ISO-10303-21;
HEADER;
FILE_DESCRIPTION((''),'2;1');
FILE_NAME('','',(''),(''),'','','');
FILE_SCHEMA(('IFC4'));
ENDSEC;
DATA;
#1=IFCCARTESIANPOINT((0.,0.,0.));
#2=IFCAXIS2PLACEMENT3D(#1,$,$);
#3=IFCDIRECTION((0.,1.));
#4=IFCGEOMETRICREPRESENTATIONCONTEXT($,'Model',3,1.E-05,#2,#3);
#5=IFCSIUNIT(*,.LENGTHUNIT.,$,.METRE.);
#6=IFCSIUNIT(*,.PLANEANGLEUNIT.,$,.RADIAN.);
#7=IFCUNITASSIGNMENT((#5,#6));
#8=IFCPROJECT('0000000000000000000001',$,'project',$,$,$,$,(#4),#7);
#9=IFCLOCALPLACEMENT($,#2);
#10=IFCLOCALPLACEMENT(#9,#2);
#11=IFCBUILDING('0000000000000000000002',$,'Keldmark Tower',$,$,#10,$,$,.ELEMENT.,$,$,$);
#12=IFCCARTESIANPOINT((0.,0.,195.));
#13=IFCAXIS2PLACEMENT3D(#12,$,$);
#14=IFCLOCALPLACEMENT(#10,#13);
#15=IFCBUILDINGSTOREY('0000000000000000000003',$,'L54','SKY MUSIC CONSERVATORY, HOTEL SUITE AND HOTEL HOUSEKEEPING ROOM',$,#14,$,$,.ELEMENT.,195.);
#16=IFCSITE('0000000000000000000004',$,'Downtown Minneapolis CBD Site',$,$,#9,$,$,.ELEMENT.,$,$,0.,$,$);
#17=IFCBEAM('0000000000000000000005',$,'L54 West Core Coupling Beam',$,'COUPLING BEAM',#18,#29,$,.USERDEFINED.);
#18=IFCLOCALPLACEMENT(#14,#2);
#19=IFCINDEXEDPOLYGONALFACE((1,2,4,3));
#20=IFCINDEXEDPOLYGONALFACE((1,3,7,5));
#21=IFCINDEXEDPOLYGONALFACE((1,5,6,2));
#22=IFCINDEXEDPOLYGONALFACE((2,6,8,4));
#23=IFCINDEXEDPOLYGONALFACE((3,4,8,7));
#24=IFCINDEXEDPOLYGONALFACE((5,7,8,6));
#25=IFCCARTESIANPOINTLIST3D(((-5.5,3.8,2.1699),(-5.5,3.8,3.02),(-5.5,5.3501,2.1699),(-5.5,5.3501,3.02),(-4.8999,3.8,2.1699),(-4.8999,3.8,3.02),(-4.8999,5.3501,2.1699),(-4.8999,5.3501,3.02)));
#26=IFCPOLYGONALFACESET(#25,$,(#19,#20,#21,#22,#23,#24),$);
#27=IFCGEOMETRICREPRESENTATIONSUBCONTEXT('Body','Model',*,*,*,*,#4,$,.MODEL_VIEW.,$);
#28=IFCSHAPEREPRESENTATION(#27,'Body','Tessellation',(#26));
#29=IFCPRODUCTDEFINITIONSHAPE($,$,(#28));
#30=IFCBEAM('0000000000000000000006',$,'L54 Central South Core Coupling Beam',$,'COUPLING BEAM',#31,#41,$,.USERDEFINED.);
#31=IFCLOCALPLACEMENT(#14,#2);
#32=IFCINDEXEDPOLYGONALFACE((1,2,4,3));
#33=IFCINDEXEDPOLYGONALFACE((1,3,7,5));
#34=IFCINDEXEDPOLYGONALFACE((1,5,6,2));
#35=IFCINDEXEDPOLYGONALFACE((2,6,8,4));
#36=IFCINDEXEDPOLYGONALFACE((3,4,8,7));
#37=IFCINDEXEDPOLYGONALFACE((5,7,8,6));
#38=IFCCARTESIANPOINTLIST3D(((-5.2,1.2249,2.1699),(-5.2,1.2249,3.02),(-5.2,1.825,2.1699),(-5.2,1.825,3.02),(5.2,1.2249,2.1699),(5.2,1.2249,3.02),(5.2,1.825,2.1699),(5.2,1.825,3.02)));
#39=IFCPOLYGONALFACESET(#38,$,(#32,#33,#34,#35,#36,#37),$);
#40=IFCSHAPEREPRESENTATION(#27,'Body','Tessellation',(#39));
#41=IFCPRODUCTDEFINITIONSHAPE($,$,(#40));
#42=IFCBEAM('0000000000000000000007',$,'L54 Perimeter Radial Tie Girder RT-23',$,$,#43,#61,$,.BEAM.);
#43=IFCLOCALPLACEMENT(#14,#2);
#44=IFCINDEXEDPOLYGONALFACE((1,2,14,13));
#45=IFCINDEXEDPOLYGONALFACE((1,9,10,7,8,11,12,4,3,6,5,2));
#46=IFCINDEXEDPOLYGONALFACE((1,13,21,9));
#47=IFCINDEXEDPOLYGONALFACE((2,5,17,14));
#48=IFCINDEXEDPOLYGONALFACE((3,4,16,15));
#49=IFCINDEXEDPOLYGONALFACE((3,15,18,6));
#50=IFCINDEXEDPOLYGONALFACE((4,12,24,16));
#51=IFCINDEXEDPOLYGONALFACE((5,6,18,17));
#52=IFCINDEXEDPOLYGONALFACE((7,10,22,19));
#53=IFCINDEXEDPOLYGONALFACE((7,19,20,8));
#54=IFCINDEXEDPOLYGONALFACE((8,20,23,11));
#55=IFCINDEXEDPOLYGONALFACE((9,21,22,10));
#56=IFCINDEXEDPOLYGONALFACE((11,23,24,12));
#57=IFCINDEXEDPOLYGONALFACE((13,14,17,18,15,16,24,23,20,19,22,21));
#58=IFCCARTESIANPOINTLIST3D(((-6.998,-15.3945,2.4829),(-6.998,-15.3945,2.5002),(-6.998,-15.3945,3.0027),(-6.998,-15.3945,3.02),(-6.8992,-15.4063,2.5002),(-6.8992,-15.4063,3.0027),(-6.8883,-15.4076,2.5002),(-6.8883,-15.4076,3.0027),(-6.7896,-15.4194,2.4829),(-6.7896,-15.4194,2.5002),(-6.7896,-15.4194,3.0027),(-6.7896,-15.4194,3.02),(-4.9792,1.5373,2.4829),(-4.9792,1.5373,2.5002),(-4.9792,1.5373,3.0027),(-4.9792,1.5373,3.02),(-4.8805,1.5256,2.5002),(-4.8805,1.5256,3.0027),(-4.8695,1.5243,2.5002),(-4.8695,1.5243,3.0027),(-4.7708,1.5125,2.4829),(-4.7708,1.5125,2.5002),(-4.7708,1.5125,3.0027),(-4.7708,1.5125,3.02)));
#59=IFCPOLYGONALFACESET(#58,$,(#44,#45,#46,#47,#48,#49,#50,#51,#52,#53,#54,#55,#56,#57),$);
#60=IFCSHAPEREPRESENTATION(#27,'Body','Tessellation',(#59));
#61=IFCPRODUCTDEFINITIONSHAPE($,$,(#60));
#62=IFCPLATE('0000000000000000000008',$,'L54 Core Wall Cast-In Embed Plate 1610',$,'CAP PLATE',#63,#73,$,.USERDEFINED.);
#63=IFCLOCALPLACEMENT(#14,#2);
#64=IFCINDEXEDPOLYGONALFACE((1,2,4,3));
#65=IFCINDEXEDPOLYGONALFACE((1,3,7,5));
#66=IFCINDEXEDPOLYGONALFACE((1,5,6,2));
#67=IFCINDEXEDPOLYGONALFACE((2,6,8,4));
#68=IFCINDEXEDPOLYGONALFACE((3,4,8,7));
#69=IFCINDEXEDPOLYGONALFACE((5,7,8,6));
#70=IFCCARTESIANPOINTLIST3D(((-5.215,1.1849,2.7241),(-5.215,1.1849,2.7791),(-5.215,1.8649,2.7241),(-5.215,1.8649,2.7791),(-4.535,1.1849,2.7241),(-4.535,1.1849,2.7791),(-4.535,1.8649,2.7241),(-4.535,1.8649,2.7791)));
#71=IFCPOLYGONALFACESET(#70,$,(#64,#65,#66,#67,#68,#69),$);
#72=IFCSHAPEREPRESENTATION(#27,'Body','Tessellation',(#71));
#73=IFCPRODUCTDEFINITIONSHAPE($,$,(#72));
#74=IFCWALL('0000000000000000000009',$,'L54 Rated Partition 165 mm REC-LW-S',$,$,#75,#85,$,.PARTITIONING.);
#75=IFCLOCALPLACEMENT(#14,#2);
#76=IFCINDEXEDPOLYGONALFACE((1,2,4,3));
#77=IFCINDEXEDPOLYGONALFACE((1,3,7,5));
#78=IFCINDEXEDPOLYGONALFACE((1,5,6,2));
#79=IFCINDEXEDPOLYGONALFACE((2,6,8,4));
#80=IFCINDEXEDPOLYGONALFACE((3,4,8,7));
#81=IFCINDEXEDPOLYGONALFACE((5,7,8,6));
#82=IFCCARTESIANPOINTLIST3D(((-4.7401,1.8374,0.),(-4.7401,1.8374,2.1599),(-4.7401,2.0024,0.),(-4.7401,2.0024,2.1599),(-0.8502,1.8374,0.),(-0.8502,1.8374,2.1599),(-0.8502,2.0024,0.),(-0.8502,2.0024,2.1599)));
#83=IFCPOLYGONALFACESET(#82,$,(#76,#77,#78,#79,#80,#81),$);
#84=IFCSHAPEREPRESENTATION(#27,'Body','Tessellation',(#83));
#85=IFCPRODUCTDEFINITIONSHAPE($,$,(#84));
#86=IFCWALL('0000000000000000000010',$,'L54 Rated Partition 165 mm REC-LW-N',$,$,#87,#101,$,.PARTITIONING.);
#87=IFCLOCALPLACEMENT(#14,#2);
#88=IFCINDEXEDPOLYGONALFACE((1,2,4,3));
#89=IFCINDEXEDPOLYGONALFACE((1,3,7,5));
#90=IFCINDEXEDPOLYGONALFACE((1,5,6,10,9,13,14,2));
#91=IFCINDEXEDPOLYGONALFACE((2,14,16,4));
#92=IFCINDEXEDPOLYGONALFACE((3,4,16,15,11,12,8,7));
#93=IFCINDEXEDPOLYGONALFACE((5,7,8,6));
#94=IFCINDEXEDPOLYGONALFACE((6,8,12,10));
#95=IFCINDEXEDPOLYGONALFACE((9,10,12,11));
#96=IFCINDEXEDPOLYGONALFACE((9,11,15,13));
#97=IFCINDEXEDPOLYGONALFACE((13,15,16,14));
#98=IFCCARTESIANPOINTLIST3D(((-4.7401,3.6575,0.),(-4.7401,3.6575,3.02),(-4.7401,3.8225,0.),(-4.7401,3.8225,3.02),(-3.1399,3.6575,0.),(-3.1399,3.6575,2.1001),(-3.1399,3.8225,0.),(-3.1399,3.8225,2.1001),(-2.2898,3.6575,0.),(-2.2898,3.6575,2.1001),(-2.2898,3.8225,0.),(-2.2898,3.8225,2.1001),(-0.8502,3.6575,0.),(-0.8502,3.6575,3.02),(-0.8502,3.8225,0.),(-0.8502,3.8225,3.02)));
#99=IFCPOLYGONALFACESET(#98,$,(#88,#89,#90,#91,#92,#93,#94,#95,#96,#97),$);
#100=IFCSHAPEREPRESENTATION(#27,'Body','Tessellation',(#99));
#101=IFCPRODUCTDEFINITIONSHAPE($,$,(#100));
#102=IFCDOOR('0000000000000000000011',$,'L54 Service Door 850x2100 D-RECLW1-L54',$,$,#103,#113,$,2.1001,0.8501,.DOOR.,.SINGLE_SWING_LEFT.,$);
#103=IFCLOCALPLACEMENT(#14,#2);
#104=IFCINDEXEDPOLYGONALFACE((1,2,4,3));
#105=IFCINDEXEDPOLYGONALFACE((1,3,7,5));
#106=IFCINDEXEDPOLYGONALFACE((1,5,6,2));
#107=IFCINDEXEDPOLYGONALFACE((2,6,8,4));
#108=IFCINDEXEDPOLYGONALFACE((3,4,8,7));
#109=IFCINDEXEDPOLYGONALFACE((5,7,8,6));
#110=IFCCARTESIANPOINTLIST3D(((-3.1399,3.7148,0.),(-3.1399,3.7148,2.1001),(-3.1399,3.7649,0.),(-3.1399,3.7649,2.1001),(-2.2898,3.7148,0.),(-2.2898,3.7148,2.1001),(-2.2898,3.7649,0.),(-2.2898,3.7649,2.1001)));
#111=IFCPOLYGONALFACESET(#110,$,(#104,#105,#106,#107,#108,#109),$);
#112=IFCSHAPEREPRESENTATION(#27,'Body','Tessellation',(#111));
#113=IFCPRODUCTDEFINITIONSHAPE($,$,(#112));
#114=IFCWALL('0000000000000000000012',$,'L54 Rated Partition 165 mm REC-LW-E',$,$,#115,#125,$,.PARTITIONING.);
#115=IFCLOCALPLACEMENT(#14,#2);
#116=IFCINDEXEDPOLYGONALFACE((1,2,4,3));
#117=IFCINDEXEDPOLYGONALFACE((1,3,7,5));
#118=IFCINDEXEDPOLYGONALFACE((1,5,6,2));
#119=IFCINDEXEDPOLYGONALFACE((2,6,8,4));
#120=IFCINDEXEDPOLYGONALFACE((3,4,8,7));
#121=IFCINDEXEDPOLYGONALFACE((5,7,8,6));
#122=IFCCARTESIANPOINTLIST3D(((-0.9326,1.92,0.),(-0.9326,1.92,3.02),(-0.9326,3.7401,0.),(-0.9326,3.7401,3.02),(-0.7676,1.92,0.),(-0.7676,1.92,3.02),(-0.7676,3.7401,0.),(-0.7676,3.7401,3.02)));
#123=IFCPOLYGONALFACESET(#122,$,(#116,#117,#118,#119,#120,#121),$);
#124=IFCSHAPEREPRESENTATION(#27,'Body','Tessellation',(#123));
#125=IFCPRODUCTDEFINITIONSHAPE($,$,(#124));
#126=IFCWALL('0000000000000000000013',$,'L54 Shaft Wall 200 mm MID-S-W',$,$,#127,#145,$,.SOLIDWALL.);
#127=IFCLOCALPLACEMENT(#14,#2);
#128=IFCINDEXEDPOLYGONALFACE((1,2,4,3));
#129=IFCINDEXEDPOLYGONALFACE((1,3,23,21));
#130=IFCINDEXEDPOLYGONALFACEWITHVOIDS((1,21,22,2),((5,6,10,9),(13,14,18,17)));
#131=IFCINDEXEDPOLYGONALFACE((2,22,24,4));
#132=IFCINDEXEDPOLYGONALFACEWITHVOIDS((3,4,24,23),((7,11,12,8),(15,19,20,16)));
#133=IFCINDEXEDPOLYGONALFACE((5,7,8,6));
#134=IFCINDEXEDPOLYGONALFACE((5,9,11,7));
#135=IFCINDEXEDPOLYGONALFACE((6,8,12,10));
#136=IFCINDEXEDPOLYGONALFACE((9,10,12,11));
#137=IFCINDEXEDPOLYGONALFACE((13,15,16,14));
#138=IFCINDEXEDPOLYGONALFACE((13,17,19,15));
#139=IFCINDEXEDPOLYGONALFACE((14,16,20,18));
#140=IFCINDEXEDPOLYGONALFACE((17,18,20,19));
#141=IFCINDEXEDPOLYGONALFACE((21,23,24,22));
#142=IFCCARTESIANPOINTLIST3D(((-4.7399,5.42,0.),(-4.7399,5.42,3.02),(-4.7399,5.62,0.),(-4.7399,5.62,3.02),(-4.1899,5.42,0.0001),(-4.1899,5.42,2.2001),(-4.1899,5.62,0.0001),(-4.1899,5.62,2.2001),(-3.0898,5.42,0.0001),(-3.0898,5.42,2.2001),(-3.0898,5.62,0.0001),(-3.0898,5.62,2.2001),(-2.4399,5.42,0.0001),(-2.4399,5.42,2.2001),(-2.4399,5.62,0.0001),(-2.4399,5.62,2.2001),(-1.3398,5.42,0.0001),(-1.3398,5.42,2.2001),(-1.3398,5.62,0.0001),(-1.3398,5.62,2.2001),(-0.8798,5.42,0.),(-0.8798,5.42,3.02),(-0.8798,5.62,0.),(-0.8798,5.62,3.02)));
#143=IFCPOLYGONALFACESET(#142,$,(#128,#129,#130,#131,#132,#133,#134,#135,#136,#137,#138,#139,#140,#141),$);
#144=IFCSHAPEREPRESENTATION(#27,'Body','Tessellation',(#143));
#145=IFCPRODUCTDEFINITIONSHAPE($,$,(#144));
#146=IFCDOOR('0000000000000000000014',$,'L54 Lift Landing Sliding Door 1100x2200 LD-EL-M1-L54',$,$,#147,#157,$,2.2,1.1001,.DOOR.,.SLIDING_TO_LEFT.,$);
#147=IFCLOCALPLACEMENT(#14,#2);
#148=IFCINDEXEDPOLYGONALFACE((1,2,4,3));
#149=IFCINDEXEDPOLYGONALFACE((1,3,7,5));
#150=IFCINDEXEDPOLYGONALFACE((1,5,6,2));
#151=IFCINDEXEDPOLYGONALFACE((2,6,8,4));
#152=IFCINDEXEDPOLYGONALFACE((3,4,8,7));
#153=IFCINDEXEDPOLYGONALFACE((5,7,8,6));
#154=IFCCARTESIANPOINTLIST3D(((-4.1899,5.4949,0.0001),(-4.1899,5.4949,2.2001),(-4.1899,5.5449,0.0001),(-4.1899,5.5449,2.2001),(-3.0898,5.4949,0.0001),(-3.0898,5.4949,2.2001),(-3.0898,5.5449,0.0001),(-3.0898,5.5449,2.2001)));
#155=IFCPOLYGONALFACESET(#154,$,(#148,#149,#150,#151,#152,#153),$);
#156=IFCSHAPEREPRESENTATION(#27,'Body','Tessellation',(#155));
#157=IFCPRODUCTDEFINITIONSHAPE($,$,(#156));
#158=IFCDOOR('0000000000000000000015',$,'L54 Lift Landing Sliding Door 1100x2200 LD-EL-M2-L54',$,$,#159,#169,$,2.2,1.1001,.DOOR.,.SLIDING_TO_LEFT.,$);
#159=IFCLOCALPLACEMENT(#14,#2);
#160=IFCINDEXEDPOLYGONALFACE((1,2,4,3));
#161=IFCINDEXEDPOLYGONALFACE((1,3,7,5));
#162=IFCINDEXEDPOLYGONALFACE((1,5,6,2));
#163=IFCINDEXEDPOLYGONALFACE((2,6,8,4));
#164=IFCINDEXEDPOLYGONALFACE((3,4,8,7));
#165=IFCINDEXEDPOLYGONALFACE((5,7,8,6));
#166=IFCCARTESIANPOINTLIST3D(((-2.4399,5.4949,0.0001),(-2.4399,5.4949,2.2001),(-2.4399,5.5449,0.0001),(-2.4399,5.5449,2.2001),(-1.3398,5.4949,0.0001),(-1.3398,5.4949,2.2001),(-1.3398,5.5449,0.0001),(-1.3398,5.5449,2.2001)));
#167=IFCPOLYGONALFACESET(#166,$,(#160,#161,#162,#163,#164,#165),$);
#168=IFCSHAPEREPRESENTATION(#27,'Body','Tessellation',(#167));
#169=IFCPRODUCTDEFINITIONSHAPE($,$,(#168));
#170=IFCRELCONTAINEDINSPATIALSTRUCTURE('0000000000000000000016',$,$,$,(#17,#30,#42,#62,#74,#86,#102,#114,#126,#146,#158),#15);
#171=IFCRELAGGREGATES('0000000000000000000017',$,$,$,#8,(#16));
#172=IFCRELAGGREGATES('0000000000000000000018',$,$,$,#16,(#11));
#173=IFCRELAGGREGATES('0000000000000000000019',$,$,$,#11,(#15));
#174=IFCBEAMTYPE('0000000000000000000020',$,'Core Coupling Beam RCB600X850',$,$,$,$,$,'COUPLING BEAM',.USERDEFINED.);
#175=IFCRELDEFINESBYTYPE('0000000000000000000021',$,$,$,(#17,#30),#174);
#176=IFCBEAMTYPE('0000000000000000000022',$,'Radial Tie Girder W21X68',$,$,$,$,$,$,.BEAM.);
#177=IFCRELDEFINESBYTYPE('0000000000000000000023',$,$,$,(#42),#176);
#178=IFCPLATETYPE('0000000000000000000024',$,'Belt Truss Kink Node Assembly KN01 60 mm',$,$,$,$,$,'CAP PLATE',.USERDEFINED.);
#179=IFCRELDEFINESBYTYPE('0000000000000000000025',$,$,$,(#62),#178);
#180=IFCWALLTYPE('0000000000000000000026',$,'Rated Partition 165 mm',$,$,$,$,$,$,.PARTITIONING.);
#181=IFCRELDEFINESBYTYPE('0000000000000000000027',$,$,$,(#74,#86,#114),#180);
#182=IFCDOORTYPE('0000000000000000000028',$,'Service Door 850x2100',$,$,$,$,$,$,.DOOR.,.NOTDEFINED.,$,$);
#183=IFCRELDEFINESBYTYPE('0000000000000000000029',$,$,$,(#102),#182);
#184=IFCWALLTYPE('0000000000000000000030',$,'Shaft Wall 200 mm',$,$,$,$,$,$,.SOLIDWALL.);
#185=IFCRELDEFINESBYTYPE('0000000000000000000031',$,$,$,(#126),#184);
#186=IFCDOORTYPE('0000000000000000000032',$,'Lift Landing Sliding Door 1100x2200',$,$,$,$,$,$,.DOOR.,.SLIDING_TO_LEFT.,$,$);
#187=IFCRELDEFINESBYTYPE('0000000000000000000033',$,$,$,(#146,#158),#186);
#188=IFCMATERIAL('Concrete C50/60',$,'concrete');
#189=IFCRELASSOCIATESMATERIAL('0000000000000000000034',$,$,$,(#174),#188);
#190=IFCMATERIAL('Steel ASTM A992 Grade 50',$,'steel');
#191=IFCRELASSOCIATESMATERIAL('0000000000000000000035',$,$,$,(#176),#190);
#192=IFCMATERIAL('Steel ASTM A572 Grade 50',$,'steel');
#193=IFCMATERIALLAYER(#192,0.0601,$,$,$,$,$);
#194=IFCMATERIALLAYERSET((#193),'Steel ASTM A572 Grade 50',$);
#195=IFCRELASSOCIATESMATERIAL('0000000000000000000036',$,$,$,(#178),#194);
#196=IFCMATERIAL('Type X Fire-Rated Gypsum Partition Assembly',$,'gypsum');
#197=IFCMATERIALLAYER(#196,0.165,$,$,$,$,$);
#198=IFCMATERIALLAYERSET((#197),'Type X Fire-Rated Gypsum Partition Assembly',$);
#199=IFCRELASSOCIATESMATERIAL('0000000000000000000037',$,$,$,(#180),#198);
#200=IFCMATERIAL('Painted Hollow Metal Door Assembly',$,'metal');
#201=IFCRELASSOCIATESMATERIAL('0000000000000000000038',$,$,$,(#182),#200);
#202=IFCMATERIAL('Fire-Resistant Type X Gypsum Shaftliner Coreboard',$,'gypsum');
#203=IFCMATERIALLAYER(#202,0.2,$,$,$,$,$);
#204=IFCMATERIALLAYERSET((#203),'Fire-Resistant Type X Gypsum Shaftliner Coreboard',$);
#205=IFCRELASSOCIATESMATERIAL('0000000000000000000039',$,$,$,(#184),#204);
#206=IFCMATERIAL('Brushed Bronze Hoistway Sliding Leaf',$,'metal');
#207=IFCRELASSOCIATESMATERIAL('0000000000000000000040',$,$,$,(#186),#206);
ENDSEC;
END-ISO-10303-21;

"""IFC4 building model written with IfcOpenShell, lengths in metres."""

from ifc_helpers import new_model, si_unit, direction, frame, frame_2d, origin, origin_2d, place, context, subcontext, project, spatial, rectangle, i_section, extrude, material, layer, layer_set, material_profile, profile_set, type_object, element, fill, save


model = new_model("IFC4")

# Units and contexts
model_context = context("Model", 3, precision=1e-05, world=origin(), true_north=direction((0.0, 1.0)))
body_context = subcontext(model_context, "Body", "Model", "MODEL_VIEW")
ifc_project = project(units=[si_unit("LENGTHUNIT", "METRE"), si_unit("PLANEANGLEUNIT", "RADIAN")], contexts=[model_context])

# Site, building, storey
site_placement = place(None, origin())
site = spatial("IfcSite", under=ifc_project, at=site_placement, Name="Downtown Minneapolis CBD Site", CompositionType="ELEMENT", RefElevation=0.0)
building_placement = place(site_placement, origin())
building = spatial("IfcBuilding", under=site, at=building_placement, Name="Keldmark Tower", CompositionType="ELEMENT")
storey_placement = place(building_placement, frame((0.0, 0.0, 195.0)))
storey = spatial("IfcBuildingStorey", under=building, at=storey_placement, Name="L54", Description="SKY MUSIC CONSERVATORY, HOTEL SUITE AND HOTEL HOUSEKEEPING ROOM", CompositionType="ELEMENT", Elevation=195.0)

# Beams
ifc_material_1 = material(Name="Concrete C50/60", Category="concrete")
ifc_material_profile_1 = material_profile(ifc_material_1, rectangle(XDim=0.6001, YDim=0.8501, at=origin_2d()), Name="RCB600X850")
ifc_profile_set_1 = profile_set([ifc_material_profile_1], Name="Concrete C50/60")
beam_type_1 = type_object("IfcBeamType", Name="Core Coupling Beam RCB600X850", ElementType="COUPLING BEAM", PredefinedType="USERDEFINED", material=ifc_profile_set_1)
beam_1_placement = place(storey_placement, frame((-5.2, 3.8, 2.595), z_axis=(0.0, 1.0, 0.0), x_axis=(-1.0, 0.0, 0.0)))
element("IfcBeam", 1, at=beam_1_placement, inside=storey, type_object=beam_type_1, Name="L54 West Core Coupling Beam", ObjectType="COUPLING BEAM", PredefinedType="USERDEFINED", context=body_context, shape_type="SweptSolid", body=[
    extrude(rectangle(XDim=0.6001, YDim=0.8501, at=origin_2d()), origin(), (0.0, 0.0, 1.0), 1.55),
])
beam_2_placement = place(storey_placement, frame((-5.2, 1.5249, 2.595), z_axis=(1.0, 0.0, 0.0), x_axis=(0.0, 1.0, 0.0)))
element("IfcBeam", 2, at=beam_2_placement, inside=storey, type_object=beam_type_1, Name="L54 Central South Core Coupling Beam", ObjectType="COUPLING BEAM", PredefinedType="USERDEFINED", context=body_context, shape_type="SweptSolid", body=[
    extrude(rectangle(XDim=0.6001, YDim=0.8501, at=origin_2d()), origin(), (0.0, 0.0, 1.0), 10.3999),
])
ifc_material_2 = material(Name="Steel ASTM A992 Grade 50", Category="steel")
ifc_material_profile_2 = material_profile(ifc_material_2, i_section(OverallWidth=0.21, OverallDepth=0.5371, WebThickness=0.011, FlangeThickness=0.0173, at=origin_2d()), Name="W21X68")
ifc_profile_set_2 = profile_set([ifc_material_profile_2], Name="Steel ASTM A992 Grade 50")
beam_type_2 = type_object("IfcBeamType", Name="Radial Tie Girder W21X68", PredefinedType="BEAM", material=ifc_profile_set_2)
beam_3_placement = place(storey_placement, frame((-4.875, 1.5249, 2.7515), z_axis=(-0.118392, -0.992967, 0.0), x_axis=(0.992967, -0.118392, 0.0)))
element("IfcBeam", 3, at=beam_3_placement, inside=storey, type_object=beam_type_2, Name="L54 Perimeter Radial Tie Girder RT-23", PredefinedType="BEAM", context=body_context, shape_type="SweptSolid", body=[
    extrude(i_section(OverallWidth=0.21, OverallDepth=0.5371, WebThickness=0.011, FlangeThickness=0.0173, at=origin_2d()), origin(), (0.0, 0.0, 1.0), 17.0518),
])

# Plate
ifc_material_3 = material(Name="Steel ASTM A572 Grade 50", Category="steel")
ifc_layer_1 = layer(ifc_material_3, 0.0601)
ifc_layer_set_1 = layer_set([ifc_layer_1], Name="Steel ASTM A572 Grade 50")
plate_type = type_object("IfcPlateType", Name="Belt Truss Kink Node Assembly KN01 60 mm", ElementType="CAP PLATE", PredefinedType="USERDEFINED", material=ifc_layer_set_1)
plate_placement = place(storey_placement, frame((-4.875, 1.5249, 2.7241), z_axis=(0.0, 0.0, 1.0), x_axis=(1.0, 0.0, 0.0)))
element("IfcPlate", 4, at=plate_placement, inside=storey, type_object=plate_type, Name="L54 Core Wall Cast-In Embed Plate 1610", ObjectType="CAP PLATE", PredefinedType="USERDEFINED", context=body_context, shape_type="SweptSolid", body=[
    extrude(rectangle(XDim=0.6799, YDim=0.6799, at=origin_2d()), origin(), (0.0, 0.0, 1.0), 0.0549),
])

# Wall
ifc_material_4 = material(Name="Type X Fire-Rated Gypsum Partition Assembly", Category="gypsum")
ifc_layer_2 = layer(ifc_material_4, 0.165)
ifc_layer_set_2 = layer_set([ifc_layer_2], Name="Type X Fire-Rated Gypsum Partition Assembly")
wall_type_1 = type_object("IfcWallType", Name="Rated Partition 165 mm", PredefinedType="PARTITIONING", material=ifc_layer_set_2)
wall_1_placement = place(storey_placement, frame((-4.74, 1.9199, 0.0), z_axis=(0.0, 0.0, 1.0), x_axis=(1.0, 0.0, 0.0)))
element("IfcWall", 5, at=wall_1_placement, inside=storey, type_object=wall_type_1, Name="L54 Rated Partition 165 mm REC-LW-S", PredefinedType="PARTITIONING", context=body_context, shape_type="SweptSolid", body=[
    extrude(rectangle(XDim=3.8899, YDim=0.165, at=frame_2d((1.9448, 0.0))), origin(), (0.0, 0.0, 1.0), 2.1599),
])

# Wall, opening, door
wall_2_placement = place(storey_placement, frame((-4.74, 3.74, 0.0), z_axis=(0.0, 0.0, 1.0), x_axis=(1.0, 0.0, 0.0)))
wall_2 = element("IfcWall", 6, at=wall_2_placement, inside=storey, type_object=wall_type_1, Name="L54 Rated Partition 165 mm REC-LW-N", PredefinedType="PARTITIONING", context=body_context, shape_type="SweptSolid", body=[
    extrude(rectangle(XDim=3.8899, YDim=0.165, at=frame_2d((1.9448, 0.0))), origin(), (0.0, 0.0, 1.0), 3.02),
])
opening_1_placement = place(wall_2_placement, frame((1.6001, 0.0, 0.0)))
opening_1 = element("IfcOpeningElement", 7, at=opening_1_placement, cuts=wall_2, PredefinedType="OPENING", context=body_context, shape_type="SweptSolid", body=[
    extrude(rectangle(XDim=0.8501, YDim=2.1001, at=frame_2d((0.425, 1.05))), frame((0.0, 0.0925, 0.0), z_axis=(0.0, -1.0, 0.0), x_axis=(1.0, 0.0, 0.0)), (0.0, 0.0, 1.0), 0.1851),
])
ifc_material_5 = material(Name="Painted Hollow Metal Door Assembly", Category="metal")
door_type_1 = type_object("IfcDoorType", Name="Service Door 850x2100", OperationType="NOTDEFINED", PredefinedType="DOOR", material=ifc_material_5)
door_1_placement = place(opening_1_placement, origin())
door_1 = element("IfcDoor", 8, at=door_1_placement, inside=storey, type_object=door_type_1, Name="L54 Service Door 850x2100 D-RECLW1-L54", OperationType="SINGLE_SWING_LEFT", OverallHeight=2.1001, OverallWidth=0.8501, PredefinedType="DOOR", context=body_context, shape_type="SweptSolid", body=[
    extrude(rectangle(XDim=0.8501, YDim=2.1001, at=frame_2d((0.425, 1.05))), frame((0.0, 0.0249, 0.0), z_axis=(0.0, -1.0, 0.0), x_axis=(1.0, 0.0, 0.0)), (0.0, 0.0, 1.0), 0.05),
])
fill(opening_1, door_1)

# Wall
wall_3_placement = place(storey_placement, frame((-0.8501, 1.9199, 0.0), z_axis=(0.0, 0.0, 1.0), x_axis=(0.0, 1.0, 0.0)))
element("IfcWall", 9, at=wall_3_placement, inside=storey, type_object=wall_type_1, Name="L54 Rated Partition 165 mm REC-LW-E", PredefinedType="PARTITIONING", context=body_context, shape_type="SweptSolid", body=[
    extrude(rectangle(XDim=1.8201, YDim=0.165, at=frame_2d((0.9102, 0.0))), origin(), (0.0, 0.0, 1.0), 3.02),
])

# Wall, openings, doors
ifc_material_6 = material(Name="Fire-Resistant Type X Gypsum Shaftliner Coreboard", Category="gypsum")
ifc_layer_3 = layer(ifc_material_6, 0.2)
ifc_layer_set_3 = layer_set([ifc_layer_3], Name="Fire-Resistant Type X Gypsum Shaftliner Coreboard")
wall_type_2 = type_object("IfcWallType", Name="Shaft Wall 200 mm", PredefinedType="SOLIDWALL", material=ifc_layer_set_3)
wall_4_placement = place(storey_placement, frame((-4.74, 5.52, 0.0), z_axis=(0.0, 0.0, 1.0), x_axis=(1.0, 0.0, 0.0)))
wall_4 = element("IfcWall", 10, at=wall_4_placement, inside=storey, type_object=wall_type_2, Name="L54 Shaft Wall 200 mm MID-S-W", PredefinedType="SOLIDWALL", context=body_context, shape_type="SweptSolid", body=[
    extrude(rectangle(XDim=3.8601, YDim=0.2, at=frame_2d((1.9302, 0.0))), origin(), (0.0, 0.0, 1.0), 3.02),
])
opening_2_placement = place(wall_4_placement, frame((0.55, 0.0, 0.0)))
opening_2 = element("IfcOpeningElement", 11, at=opening_2_placement, cuts=wall_4, PredefinedType="OPENING", context=body_context, shape_type="SweptSolid", body=[
    extrude(rectangle(XDim=1.1001, YDim=2.2, at=frame_2d((0.55, 1.1001))), frame((0.0, 0.1099, 0.0), z_axis=(0.0, -1.0, 0.0), x_axis=(1.0, 0.0, 0.0)), (0.0, 0.0, 1.0), 0.22),
])
opening_3_placement = place(wall_4_placement, frame((2.3, 0.0, 0.0)))
opening_3 = element("IfcOpeningElement", 12, at=opening_3_placement, cuts=wall_4, PredefinedType="OPENING", context=body_context, shape_type="SweptSolid", body=[
    extrude(rectangle(XDim=1.1001, YDim=2.2, at=frame_2d((0.55, 1.1001))), frame((0.0, 0.1099, 0.0), z_axis=(0.0, -1.0, 0.0), x_axis=(1.0, 0.0, 0.0)), (0.0, 0.0, 1.0), 0.22),
])
ifc_material_7 = material(Name="Brushed Bronze Hoistway Sliding Leaf", Category="metal")
door_type_2 = type_object("IfcDoorType", Name="Lift Landing Sliding Door 1100x2200", OperationType="SLIDING_TO_LEFT", PredefinedType="DOOR", material=ifc_material_7)
door_2_placement = place(opening_2_placement, origin())
door_2 = element("IfcDoor", 13, at=door_2_placement, inside=storey, type_object=door_type_2, Name="L54 Lift Landing Sliding Door 1100x2200 LD-EL-M1-L54", OperationType="SLIDING_TO_LEFT", OverallHeight=2.2, OverallWidth=1.1001, PredefinedType="DOOR", context=body_context, shape_type="SweptSolid", body=[
    extrude(rectangle(XDim=1.1001, YDim=2.2, at=frame_2d((0.55, 1.1001))), frame((0.0, 0.0249, 0.0), z_axis=(0.0, -1.0, 0.0), x_axis=(1.0, 0.0, 0.0)), (0.0, 0.0, 1.0), 0.05),
])
fill(opening_2, door_2)
door_3_placement = place(opening_3_placement, origin())
door_3 = element("IfcDoor", 14, at=door_3_placement, inside=storey, type_object=door_type_2, Name="L54 Lift Landing Sliding Door 1100x2200 LD-EL-M2-L54", OperationType="SLIDING_TO_LEFT", OverallHeight=2.2, OverallWidth=1.1001, PredefinedType="DOOR", context=body_context, shape_type="SweptSolid", body=[
    extrude(rectangle(XDim=1.1001, YDim=2.2, at=frame_2d((0.55, 1.1001))), frame((0.0, 0.0249, 0.0), z_axis=(0.0, -1.0, 0.0), x_axis=(1.0, 0.0, 0.0)), (0.0, 0.0, 1.0), 0.05),
])
fill(opening_3, door_3)

save(model, "model.ifc")
